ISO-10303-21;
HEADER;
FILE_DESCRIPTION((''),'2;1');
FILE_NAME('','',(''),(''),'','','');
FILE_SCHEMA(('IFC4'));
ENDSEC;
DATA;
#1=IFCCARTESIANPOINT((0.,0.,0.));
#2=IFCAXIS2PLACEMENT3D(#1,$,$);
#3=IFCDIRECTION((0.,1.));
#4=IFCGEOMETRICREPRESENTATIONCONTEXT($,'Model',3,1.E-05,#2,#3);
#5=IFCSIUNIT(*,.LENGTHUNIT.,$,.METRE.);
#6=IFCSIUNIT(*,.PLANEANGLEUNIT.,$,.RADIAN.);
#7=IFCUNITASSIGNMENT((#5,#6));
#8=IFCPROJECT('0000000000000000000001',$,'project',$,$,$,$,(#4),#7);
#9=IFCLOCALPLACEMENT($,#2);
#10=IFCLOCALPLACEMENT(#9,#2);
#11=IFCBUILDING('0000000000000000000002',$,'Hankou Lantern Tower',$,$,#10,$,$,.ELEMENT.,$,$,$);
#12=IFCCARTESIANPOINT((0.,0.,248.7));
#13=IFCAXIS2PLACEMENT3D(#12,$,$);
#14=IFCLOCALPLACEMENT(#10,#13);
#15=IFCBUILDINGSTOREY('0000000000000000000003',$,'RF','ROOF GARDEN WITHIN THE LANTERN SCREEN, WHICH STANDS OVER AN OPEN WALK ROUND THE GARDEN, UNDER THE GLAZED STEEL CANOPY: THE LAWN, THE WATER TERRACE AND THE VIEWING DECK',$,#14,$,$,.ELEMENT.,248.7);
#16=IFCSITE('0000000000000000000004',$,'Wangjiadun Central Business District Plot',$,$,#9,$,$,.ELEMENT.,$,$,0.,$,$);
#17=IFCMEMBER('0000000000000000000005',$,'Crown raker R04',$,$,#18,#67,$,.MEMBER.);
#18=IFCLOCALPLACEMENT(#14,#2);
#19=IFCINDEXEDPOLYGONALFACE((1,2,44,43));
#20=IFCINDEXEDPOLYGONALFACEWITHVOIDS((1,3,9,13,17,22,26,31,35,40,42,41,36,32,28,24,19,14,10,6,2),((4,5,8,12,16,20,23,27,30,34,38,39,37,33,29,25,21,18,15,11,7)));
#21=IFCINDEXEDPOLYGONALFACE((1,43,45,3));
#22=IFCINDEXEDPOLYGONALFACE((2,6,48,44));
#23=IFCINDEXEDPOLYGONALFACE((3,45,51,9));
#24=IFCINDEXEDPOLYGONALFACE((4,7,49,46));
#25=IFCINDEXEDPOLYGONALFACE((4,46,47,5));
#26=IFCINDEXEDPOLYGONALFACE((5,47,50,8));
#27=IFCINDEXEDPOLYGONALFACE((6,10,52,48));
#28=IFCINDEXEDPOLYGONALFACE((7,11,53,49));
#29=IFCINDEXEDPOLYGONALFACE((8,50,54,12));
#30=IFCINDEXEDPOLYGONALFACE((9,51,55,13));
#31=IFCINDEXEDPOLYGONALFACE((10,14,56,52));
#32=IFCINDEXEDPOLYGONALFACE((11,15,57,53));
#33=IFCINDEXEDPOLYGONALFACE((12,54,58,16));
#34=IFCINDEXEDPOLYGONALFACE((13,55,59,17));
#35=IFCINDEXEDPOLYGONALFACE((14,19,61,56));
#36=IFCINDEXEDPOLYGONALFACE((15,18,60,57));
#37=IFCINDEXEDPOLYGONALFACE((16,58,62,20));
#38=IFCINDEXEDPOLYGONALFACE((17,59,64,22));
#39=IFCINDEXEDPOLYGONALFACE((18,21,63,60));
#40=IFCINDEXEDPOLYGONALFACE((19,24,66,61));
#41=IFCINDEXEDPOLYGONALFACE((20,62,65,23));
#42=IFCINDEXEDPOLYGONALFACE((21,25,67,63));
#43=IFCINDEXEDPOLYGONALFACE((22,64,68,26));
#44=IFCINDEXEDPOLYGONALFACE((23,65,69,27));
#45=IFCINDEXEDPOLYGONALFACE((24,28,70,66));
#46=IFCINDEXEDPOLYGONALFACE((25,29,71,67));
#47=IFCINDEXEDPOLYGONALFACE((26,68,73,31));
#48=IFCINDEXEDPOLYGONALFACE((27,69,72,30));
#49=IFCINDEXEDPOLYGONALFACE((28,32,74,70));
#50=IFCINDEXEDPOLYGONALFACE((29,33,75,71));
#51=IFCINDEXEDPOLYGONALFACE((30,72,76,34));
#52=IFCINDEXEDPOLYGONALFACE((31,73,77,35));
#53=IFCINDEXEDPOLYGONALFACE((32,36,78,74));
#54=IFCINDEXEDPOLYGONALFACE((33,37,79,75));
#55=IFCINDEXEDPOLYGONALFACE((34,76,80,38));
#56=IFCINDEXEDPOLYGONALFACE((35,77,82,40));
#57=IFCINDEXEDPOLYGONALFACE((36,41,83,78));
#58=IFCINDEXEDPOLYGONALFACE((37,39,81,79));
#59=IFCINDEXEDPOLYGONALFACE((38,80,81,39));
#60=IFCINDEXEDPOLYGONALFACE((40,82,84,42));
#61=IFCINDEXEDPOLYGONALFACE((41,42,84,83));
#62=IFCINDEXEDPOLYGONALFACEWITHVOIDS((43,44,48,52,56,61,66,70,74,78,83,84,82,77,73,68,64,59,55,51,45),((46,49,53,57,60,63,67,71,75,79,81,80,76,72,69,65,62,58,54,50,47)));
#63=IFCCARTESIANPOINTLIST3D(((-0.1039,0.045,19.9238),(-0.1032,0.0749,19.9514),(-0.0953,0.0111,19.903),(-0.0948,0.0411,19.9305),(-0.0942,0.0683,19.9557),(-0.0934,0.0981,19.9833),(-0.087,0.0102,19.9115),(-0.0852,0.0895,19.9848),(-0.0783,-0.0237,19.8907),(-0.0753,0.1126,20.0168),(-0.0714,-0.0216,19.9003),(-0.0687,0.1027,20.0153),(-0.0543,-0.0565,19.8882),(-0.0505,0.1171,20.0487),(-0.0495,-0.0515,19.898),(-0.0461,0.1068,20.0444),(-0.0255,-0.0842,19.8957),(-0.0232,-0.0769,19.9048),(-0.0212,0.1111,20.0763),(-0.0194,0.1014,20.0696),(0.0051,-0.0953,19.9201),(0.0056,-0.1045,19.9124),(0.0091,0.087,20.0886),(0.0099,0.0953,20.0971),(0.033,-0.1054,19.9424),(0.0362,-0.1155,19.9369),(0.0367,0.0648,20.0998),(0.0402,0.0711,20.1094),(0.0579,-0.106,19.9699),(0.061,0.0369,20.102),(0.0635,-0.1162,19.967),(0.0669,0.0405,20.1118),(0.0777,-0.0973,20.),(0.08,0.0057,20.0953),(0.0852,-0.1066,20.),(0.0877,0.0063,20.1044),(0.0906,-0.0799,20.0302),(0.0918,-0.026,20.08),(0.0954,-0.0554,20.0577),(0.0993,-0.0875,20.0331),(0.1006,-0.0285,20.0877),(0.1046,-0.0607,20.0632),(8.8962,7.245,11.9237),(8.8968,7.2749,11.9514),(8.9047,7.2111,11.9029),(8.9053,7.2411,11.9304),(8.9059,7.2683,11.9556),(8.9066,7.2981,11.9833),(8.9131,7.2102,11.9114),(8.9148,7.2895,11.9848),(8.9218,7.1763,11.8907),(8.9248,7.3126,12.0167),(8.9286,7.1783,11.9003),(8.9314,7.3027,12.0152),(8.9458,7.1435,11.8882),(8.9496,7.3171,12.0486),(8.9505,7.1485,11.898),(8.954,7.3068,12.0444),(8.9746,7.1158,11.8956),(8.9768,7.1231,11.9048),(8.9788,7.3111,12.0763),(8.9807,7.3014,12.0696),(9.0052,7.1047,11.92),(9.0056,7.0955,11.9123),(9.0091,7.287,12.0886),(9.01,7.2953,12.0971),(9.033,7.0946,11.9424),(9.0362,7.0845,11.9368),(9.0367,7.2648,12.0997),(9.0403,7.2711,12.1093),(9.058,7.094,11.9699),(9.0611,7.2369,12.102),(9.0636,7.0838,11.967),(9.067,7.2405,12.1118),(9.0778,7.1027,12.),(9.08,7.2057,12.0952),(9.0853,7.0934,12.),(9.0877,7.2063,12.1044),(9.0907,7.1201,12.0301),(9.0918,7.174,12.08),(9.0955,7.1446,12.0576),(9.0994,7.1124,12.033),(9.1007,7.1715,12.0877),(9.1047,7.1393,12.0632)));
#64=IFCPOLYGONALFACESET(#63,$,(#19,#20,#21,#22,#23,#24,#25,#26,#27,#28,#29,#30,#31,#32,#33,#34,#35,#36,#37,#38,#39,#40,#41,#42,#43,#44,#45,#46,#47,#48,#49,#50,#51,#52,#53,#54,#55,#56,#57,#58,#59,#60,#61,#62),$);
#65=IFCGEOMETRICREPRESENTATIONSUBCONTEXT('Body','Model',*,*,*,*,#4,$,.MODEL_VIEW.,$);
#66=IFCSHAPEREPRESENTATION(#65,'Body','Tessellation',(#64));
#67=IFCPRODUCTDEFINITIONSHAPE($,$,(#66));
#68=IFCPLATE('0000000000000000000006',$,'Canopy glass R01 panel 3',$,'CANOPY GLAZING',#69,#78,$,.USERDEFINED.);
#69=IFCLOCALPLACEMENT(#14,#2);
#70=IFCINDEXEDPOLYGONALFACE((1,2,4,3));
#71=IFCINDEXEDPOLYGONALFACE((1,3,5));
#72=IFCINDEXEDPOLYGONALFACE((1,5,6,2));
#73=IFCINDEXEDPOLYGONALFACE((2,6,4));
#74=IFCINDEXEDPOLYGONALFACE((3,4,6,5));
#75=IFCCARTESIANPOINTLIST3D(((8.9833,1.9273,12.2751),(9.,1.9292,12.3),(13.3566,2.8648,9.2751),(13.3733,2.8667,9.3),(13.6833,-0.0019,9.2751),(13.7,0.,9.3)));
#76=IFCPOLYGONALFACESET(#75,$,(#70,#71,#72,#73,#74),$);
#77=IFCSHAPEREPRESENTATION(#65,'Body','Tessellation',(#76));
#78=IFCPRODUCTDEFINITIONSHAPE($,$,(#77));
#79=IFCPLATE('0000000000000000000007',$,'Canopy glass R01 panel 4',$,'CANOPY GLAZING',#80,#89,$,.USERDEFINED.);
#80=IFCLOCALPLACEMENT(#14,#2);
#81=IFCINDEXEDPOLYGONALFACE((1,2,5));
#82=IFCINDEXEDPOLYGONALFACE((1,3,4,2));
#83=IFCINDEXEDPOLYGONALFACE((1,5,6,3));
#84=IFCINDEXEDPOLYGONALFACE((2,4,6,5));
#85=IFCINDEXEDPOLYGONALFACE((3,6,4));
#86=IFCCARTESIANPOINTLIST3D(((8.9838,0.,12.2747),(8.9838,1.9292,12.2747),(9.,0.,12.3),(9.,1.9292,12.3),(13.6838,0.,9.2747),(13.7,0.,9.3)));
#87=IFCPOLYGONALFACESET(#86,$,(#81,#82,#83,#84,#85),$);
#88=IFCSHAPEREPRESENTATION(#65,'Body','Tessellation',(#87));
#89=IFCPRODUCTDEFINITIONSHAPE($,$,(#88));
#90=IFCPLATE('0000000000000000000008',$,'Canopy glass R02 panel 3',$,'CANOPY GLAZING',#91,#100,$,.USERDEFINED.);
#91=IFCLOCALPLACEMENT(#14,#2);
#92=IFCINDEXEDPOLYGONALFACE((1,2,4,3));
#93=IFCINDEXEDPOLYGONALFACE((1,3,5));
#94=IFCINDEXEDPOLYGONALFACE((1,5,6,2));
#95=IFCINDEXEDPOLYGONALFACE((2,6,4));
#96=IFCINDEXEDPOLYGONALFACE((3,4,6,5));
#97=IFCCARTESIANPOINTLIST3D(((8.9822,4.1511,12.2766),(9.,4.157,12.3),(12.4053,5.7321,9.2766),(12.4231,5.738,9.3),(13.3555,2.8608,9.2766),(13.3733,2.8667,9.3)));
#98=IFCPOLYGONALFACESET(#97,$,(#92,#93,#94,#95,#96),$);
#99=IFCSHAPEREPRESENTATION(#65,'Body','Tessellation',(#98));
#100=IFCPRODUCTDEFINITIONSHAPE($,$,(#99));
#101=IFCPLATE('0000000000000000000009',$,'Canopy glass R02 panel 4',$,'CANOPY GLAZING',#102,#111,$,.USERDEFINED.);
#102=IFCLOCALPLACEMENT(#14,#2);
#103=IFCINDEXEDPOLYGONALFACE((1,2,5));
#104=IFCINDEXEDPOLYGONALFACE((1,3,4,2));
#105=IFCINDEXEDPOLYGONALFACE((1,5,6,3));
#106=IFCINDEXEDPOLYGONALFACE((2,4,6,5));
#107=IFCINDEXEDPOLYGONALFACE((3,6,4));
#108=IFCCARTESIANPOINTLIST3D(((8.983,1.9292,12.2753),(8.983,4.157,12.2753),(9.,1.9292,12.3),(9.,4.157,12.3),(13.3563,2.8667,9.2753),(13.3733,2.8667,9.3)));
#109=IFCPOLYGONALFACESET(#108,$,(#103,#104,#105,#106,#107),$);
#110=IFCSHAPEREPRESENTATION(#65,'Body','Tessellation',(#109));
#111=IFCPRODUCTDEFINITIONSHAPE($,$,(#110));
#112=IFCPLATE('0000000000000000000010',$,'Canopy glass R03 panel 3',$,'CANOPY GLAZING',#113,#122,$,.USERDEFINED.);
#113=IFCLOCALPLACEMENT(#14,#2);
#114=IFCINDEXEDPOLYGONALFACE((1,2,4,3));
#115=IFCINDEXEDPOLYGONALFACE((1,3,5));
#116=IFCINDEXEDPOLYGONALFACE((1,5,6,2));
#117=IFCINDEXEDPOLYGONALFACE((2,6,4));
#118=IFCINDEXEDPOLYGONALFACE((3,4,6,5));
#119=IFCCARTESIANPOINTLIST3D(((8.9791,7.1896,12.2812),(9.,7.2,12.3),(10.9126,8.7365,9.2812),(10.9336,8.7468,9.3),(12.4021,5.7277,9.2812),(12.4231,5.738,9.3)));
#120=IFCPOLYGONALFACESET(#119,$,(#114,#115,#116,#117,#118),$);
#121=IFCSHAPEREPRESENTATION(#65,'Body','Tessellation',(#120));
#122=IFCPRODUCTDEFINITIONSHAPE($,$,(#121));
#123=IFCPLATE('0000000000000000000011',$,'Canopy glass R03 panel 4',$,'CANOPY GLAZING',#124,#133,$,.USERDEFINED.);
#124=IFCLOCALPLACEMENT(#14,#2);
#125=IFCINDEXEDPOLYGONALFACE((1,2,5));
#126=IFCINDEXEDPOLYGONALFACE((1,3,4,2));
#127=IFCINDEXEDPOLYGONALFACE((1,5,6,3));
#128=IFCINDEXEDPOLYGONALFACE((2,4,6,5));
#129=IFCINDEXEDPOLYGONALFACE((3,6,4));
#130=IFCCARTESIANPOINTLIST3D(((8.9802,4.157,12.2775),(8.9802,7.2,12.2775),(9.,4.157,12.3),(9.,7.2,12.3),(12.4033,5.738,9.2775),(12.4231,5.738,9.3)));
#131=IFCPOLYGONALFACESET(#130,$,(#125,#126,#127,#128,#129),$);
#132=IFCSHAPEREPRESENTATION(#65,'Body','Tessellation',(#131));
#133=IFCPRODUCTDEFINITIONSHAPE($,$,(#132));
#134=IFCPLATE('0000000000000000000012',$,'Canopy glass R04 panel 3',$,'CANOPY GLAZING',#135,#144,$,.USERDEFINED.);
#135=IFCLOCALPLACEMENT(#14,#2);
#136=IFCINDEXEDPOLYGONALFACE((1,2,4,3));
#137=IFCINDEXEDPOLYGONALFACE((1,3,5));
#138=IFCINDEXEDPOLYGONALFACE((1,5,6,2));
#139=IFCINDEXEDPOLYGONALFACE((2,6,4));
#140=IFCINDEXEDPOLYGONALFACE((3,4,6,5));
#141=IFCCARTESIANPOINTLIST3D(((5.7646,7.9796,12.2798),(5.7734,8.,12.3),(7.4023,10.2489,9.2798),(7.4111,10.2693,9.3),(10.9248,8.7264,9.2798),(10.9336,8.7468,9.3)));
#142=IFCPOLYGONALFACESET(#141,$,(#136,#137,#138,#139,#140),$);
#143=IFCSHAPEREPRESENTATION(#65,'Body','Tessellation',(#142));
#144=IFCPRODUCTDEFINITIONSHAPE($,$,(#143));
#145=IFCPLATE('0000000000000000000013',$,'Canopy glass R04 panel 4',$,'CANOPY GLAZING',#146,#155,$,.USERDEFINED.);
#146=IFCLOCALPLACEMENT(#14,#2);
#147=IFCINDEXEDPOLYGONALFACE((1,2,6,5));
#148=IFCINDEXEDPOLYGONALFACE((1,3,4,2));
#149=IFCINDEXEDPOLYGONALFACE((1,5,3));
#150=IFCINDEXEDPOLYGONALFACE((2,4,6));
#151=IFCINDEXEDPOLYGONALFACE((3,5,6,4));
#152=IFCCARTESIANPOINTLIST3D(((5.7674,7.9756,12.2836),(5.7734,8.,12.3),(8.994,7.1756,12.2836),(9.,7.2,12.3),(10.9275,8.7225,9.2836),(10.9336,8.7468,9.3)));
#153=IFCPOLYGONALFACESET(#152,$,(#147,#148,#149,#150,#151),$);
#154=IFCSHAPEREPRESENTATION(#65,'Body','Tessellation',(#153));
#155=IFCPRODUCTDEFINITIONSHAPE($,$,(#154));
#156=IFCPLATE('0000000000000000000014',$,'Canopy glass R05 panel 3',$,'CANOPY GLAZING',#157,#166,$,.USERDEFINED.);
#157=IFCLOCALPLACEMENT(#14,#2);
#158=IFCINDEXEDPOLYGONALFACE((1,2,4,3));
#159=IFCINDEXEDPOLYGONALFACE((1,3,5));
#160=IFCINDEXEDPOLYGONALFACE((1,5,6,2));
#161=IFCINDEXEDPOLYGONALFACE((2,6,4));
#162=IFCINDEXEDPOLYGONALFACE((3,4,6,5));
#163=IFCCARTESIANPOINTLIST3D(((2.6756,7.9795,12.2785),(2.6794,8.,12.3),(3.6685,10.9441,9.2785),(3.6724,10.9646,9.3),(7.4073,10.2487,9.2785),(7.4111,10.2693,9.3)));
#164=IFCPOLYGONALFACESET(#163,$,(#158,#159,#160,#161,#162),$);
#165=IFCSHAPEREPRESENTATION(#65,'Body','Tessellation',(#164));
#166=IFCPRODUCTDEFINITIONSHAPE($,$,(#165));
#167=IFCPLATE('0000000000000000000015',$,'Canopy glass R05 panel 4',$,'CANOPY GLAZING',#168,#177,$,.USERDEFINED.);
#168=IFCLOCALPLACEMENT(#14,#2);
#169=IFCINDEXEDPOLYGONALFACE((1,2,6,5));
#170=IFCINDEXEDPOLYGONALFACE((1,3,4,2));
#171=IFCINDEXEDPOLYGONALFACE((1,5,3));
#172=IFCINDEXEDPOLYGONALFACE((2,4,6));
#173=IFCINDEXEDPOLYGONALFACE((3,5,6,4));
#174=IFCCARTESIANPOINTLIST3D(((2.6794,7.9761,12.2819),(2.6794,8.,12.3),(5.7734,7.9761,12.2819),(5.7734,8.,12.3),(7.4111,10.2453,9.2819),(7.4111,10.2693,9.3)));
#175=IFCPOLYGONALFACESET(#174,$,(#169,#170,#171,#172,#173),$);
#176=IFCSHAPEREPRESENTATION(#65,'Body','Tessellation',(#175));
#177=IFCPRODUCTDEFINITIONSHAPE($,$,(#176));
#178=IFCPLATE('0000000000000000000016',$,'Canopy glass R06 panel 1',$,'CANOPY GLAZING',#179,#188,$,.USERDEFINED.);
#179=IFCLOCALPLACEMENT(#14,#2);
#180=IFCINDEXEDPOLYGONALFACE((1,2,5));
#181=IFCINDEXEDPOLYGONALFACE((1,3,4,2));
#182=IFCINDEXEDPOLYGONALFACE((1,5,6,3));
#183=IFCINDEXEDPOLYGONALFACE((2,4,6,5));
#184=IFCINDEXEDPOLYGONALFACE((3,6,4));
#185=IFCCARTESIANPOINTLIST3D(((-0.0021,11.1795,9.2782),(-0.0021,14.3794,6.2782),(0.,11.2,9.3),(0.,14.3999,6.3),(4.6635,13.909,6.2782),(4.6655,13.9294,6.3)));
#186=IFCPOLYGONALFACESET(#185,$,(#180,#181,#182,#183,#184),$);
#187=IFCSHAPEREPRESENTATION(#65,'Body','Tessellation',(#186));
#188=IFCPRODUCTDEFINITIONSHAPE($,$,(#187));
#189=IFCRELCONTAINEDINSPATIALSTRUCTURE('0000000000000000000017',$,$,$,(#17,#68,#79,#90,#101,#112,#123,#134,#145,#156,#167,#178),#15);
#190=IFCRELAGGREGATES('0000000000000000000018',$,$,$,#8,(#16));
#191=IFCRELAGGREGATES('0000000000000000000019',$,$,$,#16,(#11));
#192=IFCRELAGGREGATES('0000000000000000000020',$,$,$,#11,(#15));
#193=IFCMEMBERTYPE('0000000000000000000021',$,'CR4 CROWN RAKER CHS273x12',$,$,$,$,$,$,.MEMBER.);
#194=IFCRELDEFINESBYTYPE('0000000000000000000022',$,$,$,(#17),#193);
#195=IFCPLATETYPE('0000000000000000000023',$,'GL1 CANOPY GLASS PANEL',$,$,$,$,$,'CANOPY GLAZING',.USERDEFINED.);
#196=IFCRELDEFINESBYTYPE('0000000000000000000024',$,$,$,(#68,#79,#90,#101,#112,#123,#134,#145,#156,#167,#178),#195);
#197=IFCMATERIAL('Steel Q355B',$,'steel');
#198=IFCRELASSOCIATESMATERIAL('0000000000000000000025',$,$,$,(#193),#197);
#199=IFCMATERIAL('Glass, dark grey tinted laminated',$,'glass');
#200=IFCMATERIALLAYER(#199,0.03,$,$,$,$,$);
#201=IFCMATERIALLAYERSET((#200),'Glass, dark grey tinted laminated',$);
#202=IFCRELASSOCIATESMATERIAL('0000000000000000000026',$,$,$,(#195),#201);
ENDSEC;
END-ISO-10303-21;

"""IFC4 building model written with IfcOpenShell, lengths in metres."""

from ifc_helpers import new_model, si_unit, direction, frame, origin, origin_2d, place, context, subcontext, project, spatial, polyline, hollow_circle, outline, extrude, material, layer, layer_set, material_profile, profile_set, type_object, element, save


model = new_model("IFC4")

# Units and contexts
model_context = context("Model", 3, precision=1e-05, world=origin(), true_north=direction((0.0, 1.0)))
body_context = subcontext(model_context, "Body", "Model", "MODEL_VIEW")
ifc_project = project(units=[si_unit("LENGTHUNIT", "METRE"), si_unit("PLANEANGLEUNIT", "RADIAN")], contexts=[model_context])

# Site, building, storey
site_placement = place(None, origin())
site = spatial("IfcSite", under=ifc_project, at=site_placement, Name="Wangjiadun Central Business District Plot", CompositionType="ELEMENT", RefElevation=0.0)
building_placement = place(site_placement, origin())
building = spatial("IfcBuilding", under=site, at=building_placement, Name="Hankou Lantern Tower", CompositionType="ELEMENT")
storey_placement = place(building_placement, frame((0.0, 0.0, 248.7)))
storey = spatial("IfcBuildingStorey", under=building, at=storey_placement, Name="RF", Description="ROOF GARDEN WITHIN THE LANTERN SCREEN, WHICH STANDS OVER AN OPEN WALK ROUND THE GARDEN, UNDER THE GLAZED STEEL CANOPY: THE LAWN, THE WATER TERRACE AND THE VIEWING DECK", CompositionType="ELEMENT", Elevation=248.7)

# Member
ifc_material_1 = material(Name="Steel Q355B", Category="steel")
ifc_material_profile_1 = material_profile(ifc_material_1, hollow_circle(Radius=0.1365, WallThickness=0.012, at=origin_2d()), Name="CHS273x12")
ifc_profile_set_1 = profile_set([ifc_material_profile_1], Name="Steel Q355B")
member_type = type_object("IfcMemberType", Name="CR4 CROWN RAKER CHS273x12", PredefinedType="MEMBER", material=ifc_profile_set_1)
member_placement = place(storey_placement, frame((9.0, 7.2, 12.0), z_axis=(-0.641485, -0.513185, 0.570209), x_axis=(0.624692, -0.780871, 0.0)))
element("IfcMember", 1, at=member_placement, inside=storey, type_object=member_type, Name="Crown raker R04", PredefinedType="MEMBER", context=body_context, shape_type="SweptSolid", body=[
    extrude(hollow_circle(Radius=0.1365, WallThickness=0.012, at=origin_2d()), origin(), (0.0, 0.0, 1.0), 14.03),
])

# Plates
ifc_material_2 = material(Name="Glass, dark grey tinted laminated", Category="glass")
ifc_layer = layer(ifc_material_2, 0.03)
ifc_layer_set = layer_set([ifc_layer], Name="Glass, dark grey tinted laminated")
plate_type = type_object("IfcPlateType", Name="GL1 CANOPY GLASS PANEL", ElementType="CANOPY GLAZING", PredefinedType="USERDEFINED", material=ifc_layer_set)
plate_1_placement = place(storey_placement, frame((13.7, 0.0, 9.3), z_axis=(0.555286, 0.063275, 0.829249), x_axis=(-0.113217, 0.99357, 0.0)))
element("IfcPlate", 2, at=plate_1_placement, inside=storey, type_object=plate_type, Name="Canopy glass R01 panel 3", ObjectType="CANOPY GLAZING", PredefinedType="USERDEFINED", context=body_context, shape_type="SweptSolid", body=[
    extrude(outline(polyline([(0.0, 0.0), (2.8853, 0.0), (2.4489, 5.3679), (0.0, 0.0)])), origin(), (0.0, 0.0, -1.0), 0.03),
])
plate_2_placement = place(storey_placement, frame((13.7, 0.0, 9.3), z_axis=(0.538039, 0.0, 0.84292), x_axis=(-0.796586, 0.326977, 0.508465)))
element("IfcPlate", 3, at=plate_2_placement, inside=storey, type_object=plate_type, Name="Canopy glass R01 panel 4", ObjectType="CANOPY GLAZING", PredefinedType="USERDEFINED", context=body_context, shape_type="SweptSolid", body=[
    extrude(outline(polyline([(0.0, 0.0), (5.9001, 0.0), (5.2693, 1.8232), (0.0, 0.0)])), origin(), (0.0, 0.0, -1.0), 0.03),
])
plate_3_placement = place(storey_placement, frame((13.3733, 2.8667, 9.3), z_axis=(0.593403, 0.196372, 0.780584), x_axis=(-0.314169, 0.949367, 0.0)))
element("IfcPlate", 4, at=plate_3_placement, inside=storey, type_object=plate_type, Name="Canopy glass R02 panel 3", ObjectType="CANOPY GLAZING", PredefinedType="USERDEFINED", context=body_context, shape_type="SweptSolid", body=[
    extrude(outline(polyline([(0.0, 0.0), (3.0245, 0.0), (2.5989, 4.7996), (0.0, 0.0)])), origin(), (0.0, 0.0, -1.0), 0.03),
])
plate_4_placement = place(storey_placement, frame((13.3733, 2.8667, 9.3), z_axis=(0.565679, 0.0, 0.824626), x_axis=(-0.801253, 0.236399, 0.549645)))
element("IfcPlate", 5, at=plate_4_placement, inside=storey, type_object=plate_type, Name="Canopy glass R02 panel 4", ObjectType="CANOPY GLAZING", PredefinedType="USERDEFINED", context=body_context, shape_type="SweptSolid", body=[
    extrude(outline(polyline([(0.0, 0.0), (5.4581, 0.0), (4.9314, 2.1646), (0.0, 0.0)])), origin(), (0.0, 0.0, -1.0), 0.03),
])
plate_5_placement = place(storey_placement, frame((12.4231, 5.738, 9.3), z_axis=(0.697631, 0.345362, 0.627723), x_axis=(-0.443661, 0.896195, 0.0)))
element("IfcPlate", 6, at=plate_5_placement, inside=storey, type_object=plate_type, Name="Canopy glass R03 panel 3", ObjectType="CANOPY GLAZING", PredefinedType="USERDEFINED", context=body_context, shape_type="SweptSolid", body=[
    extrude(outline(polyline([(0.0, 0.0), (3.3573, 0.0), (2.8289, 3.8539), (0.0, 0.0)])), origin(), (0.0, 0.0, -1.0), 0.03),
])
plate_6_placement = place(storey_placement, frame((12.4231, 5.738, 9.3), z_axis=(0.659101, 0.0, 0.752055), x_axis=(-0.716029, 0.305797, 0.627527)))
element("IfcPlate", 7, at=plate_6_placement, inside=storey, type_object=plate_type, Name="Canopy glass R03 panel 4", ObjectType="CANOPY GLAZING", PredefinedType="USERDEFINED", context=body_context, shape_type="SweptSolid", body=[
    extrude(outline(polyline([(0.0, 0.0), (4.7807, 0.0), (3.8501, 2.8972), (0.0, 0.0)])), origin(), (0.0, 0.0, -1.0), 0.03),
])
plate_7_placement = place(storey_placement, frame((10.9336, 8.7468, 9.3), z_axis=(0.293297, 0.678591, 0.673417), x_axis=(-0.91793, 0.396743, 0.0)))
element("IfcPlate", 8, at=plate_7_placement, inside=storey, type_object=plate_type, Name="Canopy glass R04 panel 3", ObjectType="CANOPY GLAZING", PredefinedType="USERDEFINED", context=body_context, shape_type="SweptSolid", body=[
    extrude(outline(polyline([(0.0, 0.0), (3.8374, 0.0), (4.4404, 4.0581), (0.0, 0.0)])), origin(), (0.0, 0.0, -1.0), 0.03),
])
plate_8_placement = place(storey_placement, frame((10.9336, 8.7468, 9.3), z_axis=(0.201272, 0.811721, 0.548269), x_axis=(-0.857825, -0.124153, 0.49872)))
element("IfcPlate", 9, at=plate_8_placement, inside=storey, type_object=plate_type, Name="Canopy glass R04 panel 4", ObjectType="CANOPY GLAZING", PredefinedType="USERDEFINED", context=body_context, shape_type="SweptSolid", body=[
    extrude(outline(polyline([(0.0, 0.0), (6.0154, 0.0), (3.3469, 1.9824), (0.0, 0.0)])), origin(), (0.0, 0.0, -1.0), 0.03),
])
plate_9_placement = place(storey_placement, frame((7.4111, 10.2693, 9.3), z_axis=(0.127231, 0.684135, 0.718172), x_axis=(-0.983143, 0.182839, 0.0)))
element("IfcPlate", 10, at=plate_9_placement, inside=storey, type_object=plate_type, Name="Canopy glass R05 panel 3", ObjectType="CANOPY GLAZING", PredefinedType="USERDEFINED", context=body_context, shape_type="SweptSolid", body=[
    extrude(outline(polyline([(0.0, 0.0), (3.8029, 0.0), (4.237, 4.3112), (0.0, 0.0)])), origin(), (0.0, 0.0, -1.0), 0.03),
])
plate_10_placement = place(storey_placement, frame((7.4111, 10.2693, 9.3), z_axis=(0.0, 0.797532, 0.603276), x_axis=(-0.782782, -0.375417, 0.496302)))
element("IfcPlate", 11, at=plate_10_placement, inside=storey, type_object=plate_type, Name="Canopy glass R05 panel 4", ObjectType="CANOPY GLAZING", PredefinedType="USERDEFINED", context=body_context, shape_type="SweptSolid", body=[
    extrude(outline(polyline([(0.0, 0.0), (6.0447, 0.0), (3.6228, 1.9254), (0.0, 0.0)])), origin(), (0.0, 0.0, -1.0), 0.03),
])
plate_11_placement = place(storey_placement, frame((4.6655, 13.9294, 6.3), z_axis=(0.068804, 0.682326, 0.727803), x_axis=(-0.994954, 0.100328, 0.0)))
element("IfcPlate", 12, at=plate_11_placement, inside=storey, type_object=plate_type, Name="Canopy glass R06 panel 1", ObjectType="CANOPY GLAZING", PredefinedType="USERDEFINED", context=body_context, shape_type="SweptSolid", body=[
    extrude(outline(polyline([(0.0, 0.0), (4.6892, 0.0), (4.3681, 4.3745), (0.0, 0.0)])), origin(), (0.0, 0.0, -1.0), 0.03),
])

save(model, "model.ifc")
